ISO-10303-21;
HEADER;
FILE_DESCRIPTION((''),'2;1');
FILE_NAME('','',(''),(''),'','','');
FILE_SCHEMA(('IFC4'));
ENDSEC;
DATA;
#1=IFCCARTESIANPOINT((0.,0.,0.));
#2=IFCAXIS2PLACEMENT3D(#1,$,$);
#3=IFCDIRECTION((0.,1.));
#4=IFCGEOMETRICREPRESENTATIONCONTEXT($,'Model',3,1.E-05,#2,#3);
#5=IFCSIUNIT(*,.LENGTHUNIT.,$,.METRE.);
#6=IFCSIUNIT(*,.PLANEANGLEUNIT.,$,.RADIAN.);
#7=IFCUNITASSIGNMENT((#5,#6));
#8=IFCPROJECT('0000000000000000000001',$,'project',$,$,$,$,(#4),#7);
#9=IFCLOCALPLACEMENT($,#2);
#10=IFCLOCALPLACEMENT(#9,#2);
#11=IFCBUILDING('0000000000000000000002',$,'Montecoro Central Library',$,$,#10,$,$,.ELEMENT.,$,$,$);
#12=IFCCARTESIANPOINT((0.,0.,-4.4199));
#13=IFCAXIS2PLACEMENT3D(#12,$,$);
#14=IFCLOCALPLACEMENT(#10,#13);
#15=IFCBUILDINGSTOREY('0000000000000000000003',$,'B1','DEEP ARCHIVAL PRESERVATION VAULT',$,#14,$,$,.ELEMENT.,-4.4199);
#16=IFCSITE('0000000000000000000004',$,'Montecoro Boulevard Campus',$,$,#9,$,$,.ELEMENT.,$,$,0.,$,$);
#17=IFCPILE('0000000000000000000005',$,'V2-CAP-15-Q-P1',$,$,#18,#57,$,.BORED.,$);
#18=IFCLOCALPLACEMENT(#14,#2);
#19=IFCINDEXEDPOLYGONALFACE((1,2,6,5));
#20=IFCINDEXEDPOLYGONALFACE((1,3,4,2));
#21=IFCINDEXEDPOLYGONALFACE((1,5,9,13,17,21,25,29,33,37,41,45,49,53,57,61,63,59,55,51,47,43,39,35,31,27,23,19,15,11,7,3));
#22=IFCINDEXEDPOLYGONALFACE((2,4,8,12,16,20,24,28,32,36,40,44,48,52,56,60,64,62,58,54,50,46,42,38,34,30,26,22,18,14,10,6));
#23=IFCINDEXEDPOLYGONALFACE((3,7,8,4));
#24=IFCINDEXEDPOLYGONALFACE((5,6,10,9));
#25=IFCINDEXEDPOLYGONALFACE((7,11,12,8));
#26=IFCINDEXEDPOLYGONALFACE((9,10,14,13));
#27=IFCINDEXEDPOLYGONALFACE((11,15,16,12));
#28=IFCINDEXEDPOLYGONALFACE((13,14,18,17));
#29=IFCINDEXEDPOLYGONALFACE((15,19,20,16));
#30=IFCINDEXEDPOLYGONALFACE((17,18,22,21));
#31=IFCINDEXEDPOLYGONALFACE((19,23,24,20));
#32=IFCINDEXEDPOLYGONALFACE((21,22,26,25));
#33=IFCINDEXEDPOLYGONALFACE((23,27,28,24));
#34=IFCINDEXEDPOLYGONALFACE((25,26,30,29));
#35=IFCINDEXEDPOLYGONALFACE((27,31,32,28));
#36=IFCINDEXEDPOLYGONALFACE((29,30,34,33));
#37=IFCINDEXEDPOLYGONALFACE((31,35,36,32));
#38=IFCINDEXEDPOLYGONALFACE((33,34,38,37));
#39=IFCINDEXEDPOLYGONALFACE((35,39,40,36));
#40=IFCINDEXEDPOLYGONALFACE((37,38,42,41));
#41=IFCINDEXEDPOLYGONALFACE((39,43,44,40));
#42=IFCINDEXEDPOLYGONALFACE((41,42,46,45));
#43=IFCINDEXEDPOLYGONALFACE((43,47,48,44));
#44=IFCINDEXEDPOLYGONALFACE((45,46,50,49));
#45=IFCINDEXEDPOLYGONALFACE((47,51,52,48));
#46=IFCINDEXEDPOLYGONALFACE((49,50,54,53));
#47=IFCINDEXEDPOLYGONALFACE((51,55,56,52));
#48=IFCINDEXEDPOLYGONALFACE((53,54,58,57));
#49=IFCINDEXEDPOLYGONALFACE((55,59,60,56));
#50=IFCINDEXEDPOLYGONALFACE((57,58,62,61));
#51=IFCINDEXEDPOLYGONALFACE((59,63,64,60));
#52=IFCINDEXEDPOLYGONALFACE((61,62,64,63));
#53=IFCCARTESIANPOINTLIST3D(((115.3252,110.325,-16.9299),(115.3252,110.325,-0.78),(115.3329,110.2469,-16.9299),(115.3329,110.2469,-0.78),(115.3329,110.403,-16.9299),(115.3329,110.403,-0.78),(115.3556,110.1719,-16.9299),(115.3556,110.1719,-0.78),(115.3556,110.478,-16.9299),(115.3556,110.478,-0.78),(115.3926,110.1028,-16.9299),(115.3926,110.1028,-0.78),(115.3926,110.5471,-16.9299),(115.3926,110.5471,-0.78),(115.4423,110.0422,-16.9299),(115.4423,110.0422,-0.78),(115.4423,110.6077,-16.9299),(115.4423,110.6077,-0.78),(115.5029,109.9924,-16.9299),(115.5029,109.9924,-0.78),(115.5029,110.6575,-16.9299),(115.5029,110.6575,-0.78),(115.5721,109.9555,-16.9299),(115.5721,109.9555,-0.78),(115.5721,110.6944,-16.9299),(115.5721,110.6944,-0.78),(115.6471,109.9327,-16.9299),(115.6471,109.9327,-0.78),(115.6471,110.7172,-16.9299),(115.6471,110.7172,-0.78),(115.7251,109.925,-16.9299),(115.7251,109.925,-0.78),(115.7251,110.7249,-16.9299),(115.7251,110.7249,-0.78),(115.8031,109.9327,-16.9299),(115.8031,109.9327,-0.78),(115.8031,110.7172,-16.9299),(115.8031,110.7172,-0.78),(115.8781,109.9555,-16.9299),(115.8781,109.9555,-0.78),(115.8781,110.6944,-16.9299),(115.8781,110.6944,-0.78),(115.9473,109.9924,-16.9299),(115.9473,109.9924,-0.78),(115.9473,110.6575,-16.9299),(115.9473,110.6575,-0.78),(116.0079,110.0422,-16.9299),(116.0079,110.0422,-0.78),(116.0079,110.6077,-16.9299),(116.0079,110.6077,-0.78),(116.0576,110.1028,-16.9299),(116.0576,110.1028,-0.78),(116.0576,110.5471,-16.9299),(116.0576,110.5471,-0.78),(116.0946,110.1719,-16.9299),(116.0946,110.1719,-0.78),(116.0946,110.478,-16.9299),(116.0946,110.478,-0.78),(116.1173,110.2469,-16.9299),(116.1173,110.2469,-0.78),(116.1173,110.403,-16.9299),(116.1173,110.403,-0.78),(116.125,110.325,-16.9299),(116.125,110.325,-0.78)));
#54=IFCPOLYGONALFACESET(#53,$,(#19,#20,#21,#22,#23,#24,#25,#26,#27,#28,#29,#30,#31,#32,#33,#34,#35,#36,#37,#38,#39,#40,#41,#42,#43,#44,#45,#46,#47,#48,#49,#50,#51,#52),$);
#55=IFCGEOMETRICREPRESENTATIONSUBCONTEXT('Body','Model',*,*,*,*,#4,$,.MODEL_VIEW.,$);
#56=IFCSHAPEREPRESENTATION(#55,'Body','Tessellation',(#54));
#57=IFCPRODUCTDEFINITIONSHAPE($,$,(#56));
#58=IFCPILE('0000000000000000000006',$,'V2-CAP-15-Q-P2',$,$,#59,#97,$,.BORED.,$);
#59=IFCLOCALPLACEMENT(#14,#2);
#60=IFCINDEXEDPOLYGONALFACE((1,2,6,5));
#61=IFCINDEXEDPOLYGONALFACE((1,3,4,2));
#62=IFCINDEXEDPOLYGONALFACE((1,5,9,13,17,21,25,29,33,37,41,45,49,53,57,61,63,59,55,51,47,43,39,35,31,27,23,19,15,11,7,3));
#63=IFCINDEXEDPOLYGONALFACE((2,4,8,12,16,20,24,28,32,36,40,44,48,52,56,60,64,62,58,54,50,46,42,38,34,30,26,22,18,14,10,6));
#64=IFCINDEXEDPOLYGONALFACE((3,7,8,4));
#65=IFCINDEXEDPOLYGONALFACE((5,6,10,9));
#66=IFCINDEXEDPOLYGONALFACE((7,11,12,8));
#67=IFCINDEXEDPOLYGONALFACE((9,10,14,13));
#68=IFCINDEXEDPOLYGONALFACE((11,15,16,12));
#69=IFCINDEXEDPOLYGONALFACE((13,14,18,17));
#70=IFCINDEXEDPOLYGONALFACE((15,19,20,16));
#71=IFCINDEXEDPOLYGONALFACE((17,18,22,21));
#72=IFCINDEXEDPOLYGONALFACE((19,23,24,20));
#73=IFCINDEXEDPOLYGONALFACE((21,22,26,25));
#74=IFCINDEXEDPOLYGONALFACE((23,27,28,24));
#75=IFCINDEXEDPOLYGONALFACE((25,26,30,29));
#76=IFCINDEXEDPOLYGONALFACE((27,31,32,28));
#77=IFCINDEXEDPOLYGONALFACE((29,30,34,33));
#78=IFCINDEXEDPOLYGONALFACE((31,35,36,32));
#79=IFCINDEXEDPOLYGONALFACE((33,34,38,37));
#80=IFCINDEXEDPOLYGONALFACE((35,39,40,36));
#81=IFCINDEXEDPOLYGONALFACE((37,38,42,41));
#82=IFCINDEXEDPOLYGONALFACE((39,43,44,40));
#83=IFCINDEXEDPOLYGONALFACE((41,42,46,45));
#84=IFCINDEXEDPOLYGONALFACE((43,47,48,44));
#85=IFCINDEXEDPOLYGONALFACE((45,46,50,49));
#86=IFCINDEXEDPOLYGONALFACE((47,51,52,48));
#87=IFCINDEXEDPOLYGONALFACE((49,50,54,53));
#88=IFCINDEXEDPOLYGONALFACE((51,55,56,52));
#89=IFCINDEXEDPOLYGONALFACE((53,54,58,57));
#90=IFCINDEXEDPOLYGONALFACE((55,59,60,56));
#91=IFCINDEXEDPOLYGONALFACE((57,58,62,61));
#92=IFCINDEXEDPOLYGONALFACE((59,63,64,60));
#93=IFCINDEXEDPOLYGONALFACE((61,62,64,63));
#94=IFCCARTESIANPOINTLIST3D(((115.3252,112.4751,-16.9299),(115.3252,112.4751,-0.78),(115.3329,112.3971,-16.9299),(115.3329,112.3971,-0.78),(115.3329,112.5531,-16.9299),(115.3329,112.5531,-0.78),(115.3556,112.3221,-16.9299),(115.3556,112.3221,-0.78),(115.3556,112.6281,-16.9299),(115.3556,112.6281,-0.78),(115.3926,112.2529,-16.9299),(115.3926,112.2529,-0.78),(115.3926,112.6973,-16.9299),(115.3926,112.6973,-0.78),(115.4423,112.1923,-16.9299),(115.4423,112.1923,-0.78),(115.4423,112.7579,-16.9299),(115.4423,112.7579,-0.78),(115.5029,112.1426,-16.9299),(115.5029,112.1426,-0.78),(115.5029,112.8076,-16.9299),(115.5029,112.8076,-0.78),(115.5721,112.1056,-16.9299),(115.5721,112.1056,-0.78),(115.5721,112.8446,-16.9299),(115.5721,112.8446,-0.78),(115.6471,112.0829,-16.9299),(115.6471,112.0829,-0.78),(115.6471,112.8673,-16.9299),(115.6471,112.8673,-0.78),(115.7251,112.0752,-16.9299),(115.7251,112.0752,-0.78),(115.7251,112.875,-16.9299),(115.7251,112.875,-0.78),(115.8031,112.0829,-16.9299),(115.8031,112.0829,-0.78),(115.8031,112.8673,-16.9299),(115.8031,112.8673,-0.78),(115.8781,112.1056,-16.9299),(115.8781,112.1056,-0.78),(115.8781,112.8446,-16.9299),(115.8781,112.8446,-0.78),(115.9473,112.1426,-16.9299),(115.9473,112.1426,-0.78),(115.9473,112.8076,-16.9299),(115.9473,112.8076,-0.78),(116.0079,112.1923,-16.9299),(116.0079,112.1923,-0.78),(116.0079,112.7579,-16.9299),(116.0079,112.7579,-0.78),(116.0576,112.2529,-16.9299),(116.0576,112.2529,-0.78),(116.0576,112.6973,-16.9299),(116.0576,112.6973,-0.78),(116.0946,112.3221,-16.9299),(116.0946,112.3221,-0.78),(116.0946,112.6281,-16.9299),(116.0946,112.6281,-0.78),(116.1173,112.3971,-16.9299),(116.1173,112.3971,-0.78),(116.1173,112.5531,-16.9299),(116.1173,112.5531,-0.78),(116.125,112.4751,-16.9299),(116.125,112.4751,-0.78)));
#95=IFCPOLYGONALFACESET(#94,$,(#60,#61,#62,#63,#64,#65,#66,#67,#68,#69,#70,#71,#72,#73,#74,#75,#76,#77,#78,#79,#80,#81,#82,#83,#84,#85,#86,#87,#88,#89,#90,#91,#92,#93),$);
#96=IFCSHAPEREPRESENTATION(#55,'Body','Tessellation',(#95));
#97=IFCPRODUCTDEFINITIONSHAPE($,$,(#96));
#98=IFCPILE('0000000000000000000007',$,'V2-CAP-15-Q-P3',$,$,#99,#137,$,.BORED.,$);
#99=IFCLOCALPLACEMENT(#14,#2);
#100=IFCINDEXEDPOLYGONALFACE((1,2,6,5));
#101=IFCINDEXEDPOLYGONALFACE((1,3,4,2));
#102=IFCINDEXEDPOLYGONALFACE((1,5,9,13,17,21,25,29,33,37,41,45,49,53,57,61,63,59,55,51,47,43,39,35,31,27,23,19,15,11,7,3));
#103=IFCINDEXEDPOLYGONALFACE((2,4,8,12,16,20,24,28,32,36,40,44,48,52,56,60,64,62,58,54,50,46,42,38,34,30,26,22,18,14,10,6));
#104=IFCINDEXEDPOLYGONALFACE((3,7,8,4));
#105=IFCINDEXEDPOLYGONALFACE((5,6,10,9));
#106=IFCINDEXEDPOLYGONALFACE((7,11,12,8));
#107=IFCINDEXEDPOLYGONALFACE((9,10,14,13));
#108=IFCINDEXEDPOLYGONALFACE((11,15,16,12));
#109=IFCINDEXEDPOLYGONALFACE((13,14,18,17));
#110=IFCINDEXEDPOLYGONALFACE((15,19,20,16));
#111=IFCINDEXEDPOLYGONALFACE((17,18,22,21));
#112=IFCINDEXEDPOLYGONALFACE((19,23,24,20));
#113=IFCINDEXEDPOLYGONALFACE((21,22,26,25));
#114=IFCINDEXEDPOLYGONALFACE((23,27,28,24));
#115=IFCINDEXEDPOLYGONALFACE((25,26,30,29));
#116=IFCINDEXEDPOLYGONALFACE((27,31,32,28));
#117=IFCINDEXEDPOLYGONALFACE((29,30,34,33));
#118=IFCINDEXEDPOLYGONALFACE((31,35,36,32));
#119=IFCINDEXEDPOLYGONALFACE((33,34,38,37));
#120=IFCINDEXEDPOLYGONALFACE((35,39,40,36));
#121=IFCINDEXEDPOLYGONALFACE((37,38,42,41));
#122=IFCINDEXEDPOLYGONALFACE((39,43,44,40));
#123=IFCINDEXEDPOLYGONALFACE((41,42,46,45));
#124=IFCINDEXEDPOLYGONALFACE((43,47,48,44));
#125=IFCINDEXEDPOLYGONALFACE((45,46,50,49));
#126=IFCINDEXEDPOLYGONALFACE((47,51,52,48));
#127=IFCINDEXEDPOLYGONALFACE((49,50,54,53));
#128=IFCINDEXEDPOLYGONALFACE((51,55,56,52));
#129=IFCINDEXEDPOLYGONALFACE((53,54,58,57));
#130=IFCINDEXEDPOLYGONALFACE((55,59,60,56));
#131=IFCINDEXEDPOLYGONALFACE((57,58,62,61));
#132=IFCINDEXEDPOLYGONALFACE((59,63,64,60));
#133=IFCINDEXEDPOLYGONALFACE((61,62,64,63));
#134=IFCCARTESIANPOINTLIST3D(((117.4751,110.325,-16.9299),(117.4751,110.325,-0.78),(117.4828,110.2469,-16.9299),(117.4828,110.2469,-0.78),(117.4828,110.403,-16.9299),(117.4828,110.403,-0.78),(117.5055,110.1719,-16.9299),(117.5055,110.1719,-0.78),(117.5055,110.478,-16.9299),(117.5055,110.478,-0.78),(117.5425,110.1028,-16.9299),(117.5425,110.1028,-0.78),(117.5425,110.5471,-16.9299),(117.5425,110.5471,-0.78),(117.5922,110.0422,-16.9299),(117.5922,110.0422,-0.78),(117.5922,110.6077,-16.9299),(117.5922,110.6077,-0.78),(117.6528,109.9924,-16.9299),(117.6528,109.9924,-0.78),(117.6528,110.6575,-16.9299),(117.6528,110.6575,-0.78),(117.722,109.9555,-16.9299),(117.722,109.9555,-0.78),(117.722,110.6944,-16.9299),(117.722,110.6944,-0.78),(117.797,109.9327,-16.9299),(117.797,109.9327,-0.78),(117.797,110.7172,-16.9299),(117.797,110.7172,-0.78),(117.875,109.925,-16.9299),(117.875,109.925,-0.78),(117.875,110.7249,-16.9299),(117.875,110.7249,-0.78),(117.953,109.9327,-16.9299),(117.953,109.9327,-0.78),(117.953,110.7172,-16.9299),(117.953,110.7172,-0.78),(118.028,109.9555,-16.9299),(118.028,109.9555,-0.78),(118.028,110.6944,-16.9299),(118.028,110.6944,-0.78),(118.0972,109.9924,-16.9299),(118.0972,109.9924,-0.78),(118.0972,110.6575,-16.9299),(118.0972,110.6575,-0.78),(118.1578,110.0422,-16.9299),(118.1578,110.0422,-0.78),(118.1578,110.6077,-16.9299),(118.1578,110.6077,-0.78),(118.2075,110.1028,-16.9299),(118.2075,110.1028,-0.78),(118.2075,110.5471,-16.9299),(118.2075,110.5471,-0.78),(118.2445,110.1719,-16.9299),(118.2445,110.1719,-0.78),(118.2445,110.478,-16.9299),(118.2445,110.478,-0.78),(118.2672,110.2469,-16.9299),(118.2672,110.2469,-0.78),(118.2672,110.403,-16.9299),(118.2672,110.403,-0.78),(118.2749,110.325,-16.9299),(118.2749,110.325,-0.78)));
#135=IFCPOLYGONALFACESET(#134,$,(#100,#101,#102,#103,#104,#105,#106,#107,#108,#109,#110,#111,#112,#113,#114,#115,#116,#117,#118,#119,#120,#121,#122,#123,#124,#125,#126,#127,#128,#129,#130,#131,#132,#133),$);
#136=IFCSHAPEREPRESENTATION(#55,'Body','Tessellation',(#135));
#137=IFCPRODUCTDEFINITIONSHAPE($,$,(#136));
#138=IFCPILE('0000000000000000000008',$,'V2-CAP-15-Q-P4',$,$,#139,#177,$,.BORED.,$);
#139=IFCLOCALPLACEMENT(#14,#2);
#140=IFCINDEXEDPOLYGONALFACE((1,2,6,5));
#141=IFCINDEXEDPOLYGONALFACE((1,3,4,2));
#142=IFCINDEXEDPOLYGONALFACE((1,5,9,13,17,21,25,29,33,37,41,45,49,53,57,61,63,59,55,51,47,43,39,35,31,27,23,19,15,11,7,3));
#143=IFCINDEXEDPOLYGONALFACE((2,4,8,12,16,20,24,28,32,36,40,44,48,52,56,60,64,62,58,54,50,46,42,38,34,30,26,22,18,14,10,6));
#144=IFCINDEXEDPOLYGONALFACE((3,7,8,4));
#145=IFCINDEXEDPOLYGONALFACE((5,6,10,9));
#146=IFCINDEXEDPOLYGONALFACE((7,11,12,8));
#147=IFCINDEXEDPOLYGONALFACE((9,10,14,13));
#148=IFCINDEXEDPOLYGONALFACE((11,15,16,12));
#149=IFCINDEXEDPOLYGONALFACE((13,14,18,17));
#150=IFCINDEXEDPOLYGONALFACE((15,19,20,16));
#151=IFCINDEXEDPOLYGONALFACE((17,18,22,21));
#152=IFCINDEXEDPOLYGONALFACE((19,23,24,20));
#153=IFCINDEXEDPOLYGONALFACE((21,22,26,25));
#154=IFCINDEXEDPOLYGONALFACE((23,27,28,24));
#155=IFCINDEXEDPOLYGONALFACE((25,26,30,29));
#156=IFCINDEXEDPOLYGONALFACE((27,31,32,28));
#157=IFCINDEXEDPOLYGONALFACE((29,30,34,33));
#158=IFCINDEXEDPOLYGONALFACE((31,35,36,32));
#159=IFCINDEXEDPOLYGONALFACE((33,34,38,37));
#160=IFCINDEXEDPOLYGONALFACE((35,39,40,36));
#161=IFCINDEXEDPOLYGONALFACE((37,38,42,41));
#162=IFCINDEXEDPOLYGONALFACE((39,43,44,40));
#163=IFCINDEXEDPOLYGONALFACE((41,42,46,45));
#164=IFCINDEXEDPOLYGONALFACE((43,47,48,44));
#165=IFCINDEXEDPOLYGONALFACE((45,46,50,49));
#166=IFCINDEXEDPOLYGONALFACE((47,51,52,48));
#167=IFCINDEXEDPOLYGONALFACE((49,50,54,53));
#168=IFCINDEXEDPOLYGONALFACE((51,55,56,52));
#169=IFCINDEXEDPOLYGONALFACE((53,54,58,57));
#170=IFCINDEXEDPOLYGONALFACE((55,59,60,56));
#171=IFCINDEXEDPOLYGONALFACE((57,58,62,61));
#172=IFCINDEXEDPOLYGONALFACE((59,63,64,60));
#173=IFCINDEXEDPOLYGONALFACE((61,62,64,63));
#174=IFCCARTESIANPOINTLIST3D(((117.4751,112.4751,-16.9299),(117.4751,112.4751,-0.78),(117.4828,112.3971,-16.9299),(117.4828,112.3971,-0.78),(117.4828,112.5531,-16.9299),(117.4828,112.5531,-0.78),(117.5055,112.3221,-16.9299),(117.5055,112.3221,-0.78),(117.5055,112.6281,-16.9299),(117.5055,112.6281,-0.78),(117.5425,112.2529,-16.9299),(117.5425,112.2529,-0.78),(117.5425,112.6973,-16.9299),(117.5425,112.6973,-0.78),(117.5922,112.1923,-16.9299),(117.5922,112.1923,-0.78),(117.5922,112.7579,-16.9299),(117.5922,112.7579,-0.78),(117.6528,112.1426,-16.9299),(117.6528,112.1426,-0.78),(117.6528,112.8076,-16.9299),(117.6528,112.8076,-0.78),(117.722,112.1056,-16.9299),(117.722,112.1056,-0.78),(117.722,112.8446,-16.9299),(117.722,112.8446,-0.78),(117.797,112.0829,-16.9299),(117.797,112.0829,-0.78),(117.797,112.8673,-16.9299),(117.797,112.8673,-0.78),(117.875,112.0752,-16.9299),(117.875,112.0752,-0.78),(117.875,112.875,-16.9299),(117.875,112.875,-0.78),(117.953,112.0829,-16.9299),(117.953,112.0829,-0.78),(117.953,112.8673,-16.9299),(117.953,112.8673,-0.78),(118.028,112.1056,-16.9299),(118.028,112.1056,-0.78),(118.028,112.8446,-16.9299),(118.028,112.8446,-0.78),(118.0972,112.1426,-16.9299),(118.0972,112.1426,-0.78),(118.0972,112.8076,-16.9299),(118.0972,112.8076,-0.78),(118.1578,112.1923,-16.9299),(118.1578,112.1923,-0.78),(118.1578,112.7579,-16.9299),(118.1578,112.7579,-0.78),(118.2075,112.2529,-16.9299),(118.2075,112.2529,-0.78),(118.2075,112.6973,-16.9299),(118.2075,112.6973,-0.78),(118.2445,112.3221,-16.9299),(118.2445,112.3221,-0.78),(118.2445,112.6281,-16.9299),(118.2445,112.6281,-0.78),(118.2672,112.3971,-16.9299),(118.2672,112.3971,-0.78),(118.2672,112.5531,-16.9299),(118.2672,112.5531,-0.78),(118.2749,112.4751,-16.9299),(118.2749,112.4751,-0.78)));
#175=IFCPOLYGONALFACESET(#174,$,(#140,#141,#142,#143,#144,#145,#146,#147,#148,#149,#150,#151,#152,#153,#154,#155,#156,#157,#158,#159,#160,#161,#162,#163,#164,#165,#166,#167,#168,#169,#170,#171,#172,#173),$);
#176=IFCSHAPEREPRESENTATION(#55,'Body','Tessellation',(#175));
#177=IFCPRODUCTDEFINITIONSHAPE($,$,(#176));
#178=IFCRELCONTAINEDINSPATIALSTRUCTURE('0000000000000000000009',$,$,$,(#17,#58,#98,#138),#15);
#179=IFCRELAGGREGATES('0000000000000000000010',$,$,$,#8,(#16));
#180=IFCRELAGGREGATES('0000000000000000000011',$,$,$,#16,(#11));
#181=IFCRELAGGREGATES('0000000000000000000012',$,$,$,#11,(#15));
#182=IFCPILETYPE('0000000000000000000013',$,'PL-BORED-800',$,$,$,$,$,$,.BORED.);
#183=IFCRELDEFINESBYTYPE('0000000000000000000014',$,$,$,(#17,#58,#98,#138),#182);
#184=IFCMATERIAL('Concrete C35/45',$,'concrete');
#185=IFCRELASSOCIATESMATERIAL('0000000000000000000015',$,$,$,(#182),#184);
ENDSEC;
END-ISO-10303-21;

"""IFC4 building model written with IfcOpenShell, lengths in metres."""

from ifc_helpers import new_model, si_unit, direction, frame, origin, origin_2d, place, context, subcontext, project, spatial, circle, extrude, material, material_profile, profile_set, type_object, element, save


model = new_model("IFC4")

# Units and contexts
model_context = context("Model", 3, precision=1e-05, world=origin(), true_north=direction((0.0, 1.0)))
body_context = subcontext(model_context, "Body", "Model", "MODEL_VIEW")
ifc_project = project(units=[si_unit("LENGTHUNIT", "METRE"), si_unit("PLANEANGLEUNIT", "RADIAN")], contexts=[model_context])

# Site, building, storey
site_placement = place(None, origin())
site = spatial("IfcSite", under=ifc_project, at=site_placement, Name="Montecoro Boulevard Campus", CompositionType="ELEMENT", RefElevation=0.0)
building_placement = place(site_placement, origin())
building = spatial("IfcBuilding", under=site, at=building_placement, Name="Montecoro Central Library", CompositionType="ELEMENT")
storey_placement = place(building_placement, frame((0.0, 0.0, -4.4199)))
storey = spatial("IfcBuildingStorey", under=building, at=storey_placement, Name="B1", Description="DEEP ARCHIVAL PRESERVATION VAULT", CompositionType="ELEMENT", Elevation=-4.4199)

# Shared definitions
ifc_material_1 = material(Name="Concrete C35/45", Category="concrete")

# Piles
ifc_material_profile_1 = material_profile(ifc_material_1, circle(Radius=0.3999, at=origin_2d()), Name="PILE D800")
ifc_profile_set_1 = profile_set([ifc_material_profile_1], Name="Concrete C35/45")
pile_type_1 = type_object("IfcPileType", Name="PL-BORED-800", PredefinedType="BORED", material=ifc_profile_set_1)
for number, where, z_axis, x_axis, name in (
    (1, (115.7251, 110.325, -0.78), (0.0, 0.0, -1.0), (1.0, 0.0, 0.0), "V2-CAP-15-Q-P1"),
    (2, (115.7251, 112.4751, -0.78), (0.0, 0.0, -1.0), (1.0, 0.0, 0.0), "V2-CAP-15-Q-P2"),
    (3, (117.875, 110.325, -0.78), (0.0, 0.0, -1.0), (1.0, 0.0, 0.0), "V2-CAP-15-Q-P3"),
    (4, (117.875, 112.4751, -0.78), (0.0, 0.0, -1.0), (1.0, 0.0, 0.0), "V2-CAP-15-Q-P4"),
):
    element("IfcPile", number, at=place(storey_placement, frame(where, z_axis=z_axis, x_axis=x_axis)), inside=storey, type_object=pile_type_1, Name=name, PredefinedType="BORED", context=body_context, shape_type="SweptSolid", body=[
        extrude(circle(Radius=0.3999, at=origin_2d()), origin(), (0.0, 0.0, 1.0), 16.1499),
    ])

save(model, "model.ifc")
